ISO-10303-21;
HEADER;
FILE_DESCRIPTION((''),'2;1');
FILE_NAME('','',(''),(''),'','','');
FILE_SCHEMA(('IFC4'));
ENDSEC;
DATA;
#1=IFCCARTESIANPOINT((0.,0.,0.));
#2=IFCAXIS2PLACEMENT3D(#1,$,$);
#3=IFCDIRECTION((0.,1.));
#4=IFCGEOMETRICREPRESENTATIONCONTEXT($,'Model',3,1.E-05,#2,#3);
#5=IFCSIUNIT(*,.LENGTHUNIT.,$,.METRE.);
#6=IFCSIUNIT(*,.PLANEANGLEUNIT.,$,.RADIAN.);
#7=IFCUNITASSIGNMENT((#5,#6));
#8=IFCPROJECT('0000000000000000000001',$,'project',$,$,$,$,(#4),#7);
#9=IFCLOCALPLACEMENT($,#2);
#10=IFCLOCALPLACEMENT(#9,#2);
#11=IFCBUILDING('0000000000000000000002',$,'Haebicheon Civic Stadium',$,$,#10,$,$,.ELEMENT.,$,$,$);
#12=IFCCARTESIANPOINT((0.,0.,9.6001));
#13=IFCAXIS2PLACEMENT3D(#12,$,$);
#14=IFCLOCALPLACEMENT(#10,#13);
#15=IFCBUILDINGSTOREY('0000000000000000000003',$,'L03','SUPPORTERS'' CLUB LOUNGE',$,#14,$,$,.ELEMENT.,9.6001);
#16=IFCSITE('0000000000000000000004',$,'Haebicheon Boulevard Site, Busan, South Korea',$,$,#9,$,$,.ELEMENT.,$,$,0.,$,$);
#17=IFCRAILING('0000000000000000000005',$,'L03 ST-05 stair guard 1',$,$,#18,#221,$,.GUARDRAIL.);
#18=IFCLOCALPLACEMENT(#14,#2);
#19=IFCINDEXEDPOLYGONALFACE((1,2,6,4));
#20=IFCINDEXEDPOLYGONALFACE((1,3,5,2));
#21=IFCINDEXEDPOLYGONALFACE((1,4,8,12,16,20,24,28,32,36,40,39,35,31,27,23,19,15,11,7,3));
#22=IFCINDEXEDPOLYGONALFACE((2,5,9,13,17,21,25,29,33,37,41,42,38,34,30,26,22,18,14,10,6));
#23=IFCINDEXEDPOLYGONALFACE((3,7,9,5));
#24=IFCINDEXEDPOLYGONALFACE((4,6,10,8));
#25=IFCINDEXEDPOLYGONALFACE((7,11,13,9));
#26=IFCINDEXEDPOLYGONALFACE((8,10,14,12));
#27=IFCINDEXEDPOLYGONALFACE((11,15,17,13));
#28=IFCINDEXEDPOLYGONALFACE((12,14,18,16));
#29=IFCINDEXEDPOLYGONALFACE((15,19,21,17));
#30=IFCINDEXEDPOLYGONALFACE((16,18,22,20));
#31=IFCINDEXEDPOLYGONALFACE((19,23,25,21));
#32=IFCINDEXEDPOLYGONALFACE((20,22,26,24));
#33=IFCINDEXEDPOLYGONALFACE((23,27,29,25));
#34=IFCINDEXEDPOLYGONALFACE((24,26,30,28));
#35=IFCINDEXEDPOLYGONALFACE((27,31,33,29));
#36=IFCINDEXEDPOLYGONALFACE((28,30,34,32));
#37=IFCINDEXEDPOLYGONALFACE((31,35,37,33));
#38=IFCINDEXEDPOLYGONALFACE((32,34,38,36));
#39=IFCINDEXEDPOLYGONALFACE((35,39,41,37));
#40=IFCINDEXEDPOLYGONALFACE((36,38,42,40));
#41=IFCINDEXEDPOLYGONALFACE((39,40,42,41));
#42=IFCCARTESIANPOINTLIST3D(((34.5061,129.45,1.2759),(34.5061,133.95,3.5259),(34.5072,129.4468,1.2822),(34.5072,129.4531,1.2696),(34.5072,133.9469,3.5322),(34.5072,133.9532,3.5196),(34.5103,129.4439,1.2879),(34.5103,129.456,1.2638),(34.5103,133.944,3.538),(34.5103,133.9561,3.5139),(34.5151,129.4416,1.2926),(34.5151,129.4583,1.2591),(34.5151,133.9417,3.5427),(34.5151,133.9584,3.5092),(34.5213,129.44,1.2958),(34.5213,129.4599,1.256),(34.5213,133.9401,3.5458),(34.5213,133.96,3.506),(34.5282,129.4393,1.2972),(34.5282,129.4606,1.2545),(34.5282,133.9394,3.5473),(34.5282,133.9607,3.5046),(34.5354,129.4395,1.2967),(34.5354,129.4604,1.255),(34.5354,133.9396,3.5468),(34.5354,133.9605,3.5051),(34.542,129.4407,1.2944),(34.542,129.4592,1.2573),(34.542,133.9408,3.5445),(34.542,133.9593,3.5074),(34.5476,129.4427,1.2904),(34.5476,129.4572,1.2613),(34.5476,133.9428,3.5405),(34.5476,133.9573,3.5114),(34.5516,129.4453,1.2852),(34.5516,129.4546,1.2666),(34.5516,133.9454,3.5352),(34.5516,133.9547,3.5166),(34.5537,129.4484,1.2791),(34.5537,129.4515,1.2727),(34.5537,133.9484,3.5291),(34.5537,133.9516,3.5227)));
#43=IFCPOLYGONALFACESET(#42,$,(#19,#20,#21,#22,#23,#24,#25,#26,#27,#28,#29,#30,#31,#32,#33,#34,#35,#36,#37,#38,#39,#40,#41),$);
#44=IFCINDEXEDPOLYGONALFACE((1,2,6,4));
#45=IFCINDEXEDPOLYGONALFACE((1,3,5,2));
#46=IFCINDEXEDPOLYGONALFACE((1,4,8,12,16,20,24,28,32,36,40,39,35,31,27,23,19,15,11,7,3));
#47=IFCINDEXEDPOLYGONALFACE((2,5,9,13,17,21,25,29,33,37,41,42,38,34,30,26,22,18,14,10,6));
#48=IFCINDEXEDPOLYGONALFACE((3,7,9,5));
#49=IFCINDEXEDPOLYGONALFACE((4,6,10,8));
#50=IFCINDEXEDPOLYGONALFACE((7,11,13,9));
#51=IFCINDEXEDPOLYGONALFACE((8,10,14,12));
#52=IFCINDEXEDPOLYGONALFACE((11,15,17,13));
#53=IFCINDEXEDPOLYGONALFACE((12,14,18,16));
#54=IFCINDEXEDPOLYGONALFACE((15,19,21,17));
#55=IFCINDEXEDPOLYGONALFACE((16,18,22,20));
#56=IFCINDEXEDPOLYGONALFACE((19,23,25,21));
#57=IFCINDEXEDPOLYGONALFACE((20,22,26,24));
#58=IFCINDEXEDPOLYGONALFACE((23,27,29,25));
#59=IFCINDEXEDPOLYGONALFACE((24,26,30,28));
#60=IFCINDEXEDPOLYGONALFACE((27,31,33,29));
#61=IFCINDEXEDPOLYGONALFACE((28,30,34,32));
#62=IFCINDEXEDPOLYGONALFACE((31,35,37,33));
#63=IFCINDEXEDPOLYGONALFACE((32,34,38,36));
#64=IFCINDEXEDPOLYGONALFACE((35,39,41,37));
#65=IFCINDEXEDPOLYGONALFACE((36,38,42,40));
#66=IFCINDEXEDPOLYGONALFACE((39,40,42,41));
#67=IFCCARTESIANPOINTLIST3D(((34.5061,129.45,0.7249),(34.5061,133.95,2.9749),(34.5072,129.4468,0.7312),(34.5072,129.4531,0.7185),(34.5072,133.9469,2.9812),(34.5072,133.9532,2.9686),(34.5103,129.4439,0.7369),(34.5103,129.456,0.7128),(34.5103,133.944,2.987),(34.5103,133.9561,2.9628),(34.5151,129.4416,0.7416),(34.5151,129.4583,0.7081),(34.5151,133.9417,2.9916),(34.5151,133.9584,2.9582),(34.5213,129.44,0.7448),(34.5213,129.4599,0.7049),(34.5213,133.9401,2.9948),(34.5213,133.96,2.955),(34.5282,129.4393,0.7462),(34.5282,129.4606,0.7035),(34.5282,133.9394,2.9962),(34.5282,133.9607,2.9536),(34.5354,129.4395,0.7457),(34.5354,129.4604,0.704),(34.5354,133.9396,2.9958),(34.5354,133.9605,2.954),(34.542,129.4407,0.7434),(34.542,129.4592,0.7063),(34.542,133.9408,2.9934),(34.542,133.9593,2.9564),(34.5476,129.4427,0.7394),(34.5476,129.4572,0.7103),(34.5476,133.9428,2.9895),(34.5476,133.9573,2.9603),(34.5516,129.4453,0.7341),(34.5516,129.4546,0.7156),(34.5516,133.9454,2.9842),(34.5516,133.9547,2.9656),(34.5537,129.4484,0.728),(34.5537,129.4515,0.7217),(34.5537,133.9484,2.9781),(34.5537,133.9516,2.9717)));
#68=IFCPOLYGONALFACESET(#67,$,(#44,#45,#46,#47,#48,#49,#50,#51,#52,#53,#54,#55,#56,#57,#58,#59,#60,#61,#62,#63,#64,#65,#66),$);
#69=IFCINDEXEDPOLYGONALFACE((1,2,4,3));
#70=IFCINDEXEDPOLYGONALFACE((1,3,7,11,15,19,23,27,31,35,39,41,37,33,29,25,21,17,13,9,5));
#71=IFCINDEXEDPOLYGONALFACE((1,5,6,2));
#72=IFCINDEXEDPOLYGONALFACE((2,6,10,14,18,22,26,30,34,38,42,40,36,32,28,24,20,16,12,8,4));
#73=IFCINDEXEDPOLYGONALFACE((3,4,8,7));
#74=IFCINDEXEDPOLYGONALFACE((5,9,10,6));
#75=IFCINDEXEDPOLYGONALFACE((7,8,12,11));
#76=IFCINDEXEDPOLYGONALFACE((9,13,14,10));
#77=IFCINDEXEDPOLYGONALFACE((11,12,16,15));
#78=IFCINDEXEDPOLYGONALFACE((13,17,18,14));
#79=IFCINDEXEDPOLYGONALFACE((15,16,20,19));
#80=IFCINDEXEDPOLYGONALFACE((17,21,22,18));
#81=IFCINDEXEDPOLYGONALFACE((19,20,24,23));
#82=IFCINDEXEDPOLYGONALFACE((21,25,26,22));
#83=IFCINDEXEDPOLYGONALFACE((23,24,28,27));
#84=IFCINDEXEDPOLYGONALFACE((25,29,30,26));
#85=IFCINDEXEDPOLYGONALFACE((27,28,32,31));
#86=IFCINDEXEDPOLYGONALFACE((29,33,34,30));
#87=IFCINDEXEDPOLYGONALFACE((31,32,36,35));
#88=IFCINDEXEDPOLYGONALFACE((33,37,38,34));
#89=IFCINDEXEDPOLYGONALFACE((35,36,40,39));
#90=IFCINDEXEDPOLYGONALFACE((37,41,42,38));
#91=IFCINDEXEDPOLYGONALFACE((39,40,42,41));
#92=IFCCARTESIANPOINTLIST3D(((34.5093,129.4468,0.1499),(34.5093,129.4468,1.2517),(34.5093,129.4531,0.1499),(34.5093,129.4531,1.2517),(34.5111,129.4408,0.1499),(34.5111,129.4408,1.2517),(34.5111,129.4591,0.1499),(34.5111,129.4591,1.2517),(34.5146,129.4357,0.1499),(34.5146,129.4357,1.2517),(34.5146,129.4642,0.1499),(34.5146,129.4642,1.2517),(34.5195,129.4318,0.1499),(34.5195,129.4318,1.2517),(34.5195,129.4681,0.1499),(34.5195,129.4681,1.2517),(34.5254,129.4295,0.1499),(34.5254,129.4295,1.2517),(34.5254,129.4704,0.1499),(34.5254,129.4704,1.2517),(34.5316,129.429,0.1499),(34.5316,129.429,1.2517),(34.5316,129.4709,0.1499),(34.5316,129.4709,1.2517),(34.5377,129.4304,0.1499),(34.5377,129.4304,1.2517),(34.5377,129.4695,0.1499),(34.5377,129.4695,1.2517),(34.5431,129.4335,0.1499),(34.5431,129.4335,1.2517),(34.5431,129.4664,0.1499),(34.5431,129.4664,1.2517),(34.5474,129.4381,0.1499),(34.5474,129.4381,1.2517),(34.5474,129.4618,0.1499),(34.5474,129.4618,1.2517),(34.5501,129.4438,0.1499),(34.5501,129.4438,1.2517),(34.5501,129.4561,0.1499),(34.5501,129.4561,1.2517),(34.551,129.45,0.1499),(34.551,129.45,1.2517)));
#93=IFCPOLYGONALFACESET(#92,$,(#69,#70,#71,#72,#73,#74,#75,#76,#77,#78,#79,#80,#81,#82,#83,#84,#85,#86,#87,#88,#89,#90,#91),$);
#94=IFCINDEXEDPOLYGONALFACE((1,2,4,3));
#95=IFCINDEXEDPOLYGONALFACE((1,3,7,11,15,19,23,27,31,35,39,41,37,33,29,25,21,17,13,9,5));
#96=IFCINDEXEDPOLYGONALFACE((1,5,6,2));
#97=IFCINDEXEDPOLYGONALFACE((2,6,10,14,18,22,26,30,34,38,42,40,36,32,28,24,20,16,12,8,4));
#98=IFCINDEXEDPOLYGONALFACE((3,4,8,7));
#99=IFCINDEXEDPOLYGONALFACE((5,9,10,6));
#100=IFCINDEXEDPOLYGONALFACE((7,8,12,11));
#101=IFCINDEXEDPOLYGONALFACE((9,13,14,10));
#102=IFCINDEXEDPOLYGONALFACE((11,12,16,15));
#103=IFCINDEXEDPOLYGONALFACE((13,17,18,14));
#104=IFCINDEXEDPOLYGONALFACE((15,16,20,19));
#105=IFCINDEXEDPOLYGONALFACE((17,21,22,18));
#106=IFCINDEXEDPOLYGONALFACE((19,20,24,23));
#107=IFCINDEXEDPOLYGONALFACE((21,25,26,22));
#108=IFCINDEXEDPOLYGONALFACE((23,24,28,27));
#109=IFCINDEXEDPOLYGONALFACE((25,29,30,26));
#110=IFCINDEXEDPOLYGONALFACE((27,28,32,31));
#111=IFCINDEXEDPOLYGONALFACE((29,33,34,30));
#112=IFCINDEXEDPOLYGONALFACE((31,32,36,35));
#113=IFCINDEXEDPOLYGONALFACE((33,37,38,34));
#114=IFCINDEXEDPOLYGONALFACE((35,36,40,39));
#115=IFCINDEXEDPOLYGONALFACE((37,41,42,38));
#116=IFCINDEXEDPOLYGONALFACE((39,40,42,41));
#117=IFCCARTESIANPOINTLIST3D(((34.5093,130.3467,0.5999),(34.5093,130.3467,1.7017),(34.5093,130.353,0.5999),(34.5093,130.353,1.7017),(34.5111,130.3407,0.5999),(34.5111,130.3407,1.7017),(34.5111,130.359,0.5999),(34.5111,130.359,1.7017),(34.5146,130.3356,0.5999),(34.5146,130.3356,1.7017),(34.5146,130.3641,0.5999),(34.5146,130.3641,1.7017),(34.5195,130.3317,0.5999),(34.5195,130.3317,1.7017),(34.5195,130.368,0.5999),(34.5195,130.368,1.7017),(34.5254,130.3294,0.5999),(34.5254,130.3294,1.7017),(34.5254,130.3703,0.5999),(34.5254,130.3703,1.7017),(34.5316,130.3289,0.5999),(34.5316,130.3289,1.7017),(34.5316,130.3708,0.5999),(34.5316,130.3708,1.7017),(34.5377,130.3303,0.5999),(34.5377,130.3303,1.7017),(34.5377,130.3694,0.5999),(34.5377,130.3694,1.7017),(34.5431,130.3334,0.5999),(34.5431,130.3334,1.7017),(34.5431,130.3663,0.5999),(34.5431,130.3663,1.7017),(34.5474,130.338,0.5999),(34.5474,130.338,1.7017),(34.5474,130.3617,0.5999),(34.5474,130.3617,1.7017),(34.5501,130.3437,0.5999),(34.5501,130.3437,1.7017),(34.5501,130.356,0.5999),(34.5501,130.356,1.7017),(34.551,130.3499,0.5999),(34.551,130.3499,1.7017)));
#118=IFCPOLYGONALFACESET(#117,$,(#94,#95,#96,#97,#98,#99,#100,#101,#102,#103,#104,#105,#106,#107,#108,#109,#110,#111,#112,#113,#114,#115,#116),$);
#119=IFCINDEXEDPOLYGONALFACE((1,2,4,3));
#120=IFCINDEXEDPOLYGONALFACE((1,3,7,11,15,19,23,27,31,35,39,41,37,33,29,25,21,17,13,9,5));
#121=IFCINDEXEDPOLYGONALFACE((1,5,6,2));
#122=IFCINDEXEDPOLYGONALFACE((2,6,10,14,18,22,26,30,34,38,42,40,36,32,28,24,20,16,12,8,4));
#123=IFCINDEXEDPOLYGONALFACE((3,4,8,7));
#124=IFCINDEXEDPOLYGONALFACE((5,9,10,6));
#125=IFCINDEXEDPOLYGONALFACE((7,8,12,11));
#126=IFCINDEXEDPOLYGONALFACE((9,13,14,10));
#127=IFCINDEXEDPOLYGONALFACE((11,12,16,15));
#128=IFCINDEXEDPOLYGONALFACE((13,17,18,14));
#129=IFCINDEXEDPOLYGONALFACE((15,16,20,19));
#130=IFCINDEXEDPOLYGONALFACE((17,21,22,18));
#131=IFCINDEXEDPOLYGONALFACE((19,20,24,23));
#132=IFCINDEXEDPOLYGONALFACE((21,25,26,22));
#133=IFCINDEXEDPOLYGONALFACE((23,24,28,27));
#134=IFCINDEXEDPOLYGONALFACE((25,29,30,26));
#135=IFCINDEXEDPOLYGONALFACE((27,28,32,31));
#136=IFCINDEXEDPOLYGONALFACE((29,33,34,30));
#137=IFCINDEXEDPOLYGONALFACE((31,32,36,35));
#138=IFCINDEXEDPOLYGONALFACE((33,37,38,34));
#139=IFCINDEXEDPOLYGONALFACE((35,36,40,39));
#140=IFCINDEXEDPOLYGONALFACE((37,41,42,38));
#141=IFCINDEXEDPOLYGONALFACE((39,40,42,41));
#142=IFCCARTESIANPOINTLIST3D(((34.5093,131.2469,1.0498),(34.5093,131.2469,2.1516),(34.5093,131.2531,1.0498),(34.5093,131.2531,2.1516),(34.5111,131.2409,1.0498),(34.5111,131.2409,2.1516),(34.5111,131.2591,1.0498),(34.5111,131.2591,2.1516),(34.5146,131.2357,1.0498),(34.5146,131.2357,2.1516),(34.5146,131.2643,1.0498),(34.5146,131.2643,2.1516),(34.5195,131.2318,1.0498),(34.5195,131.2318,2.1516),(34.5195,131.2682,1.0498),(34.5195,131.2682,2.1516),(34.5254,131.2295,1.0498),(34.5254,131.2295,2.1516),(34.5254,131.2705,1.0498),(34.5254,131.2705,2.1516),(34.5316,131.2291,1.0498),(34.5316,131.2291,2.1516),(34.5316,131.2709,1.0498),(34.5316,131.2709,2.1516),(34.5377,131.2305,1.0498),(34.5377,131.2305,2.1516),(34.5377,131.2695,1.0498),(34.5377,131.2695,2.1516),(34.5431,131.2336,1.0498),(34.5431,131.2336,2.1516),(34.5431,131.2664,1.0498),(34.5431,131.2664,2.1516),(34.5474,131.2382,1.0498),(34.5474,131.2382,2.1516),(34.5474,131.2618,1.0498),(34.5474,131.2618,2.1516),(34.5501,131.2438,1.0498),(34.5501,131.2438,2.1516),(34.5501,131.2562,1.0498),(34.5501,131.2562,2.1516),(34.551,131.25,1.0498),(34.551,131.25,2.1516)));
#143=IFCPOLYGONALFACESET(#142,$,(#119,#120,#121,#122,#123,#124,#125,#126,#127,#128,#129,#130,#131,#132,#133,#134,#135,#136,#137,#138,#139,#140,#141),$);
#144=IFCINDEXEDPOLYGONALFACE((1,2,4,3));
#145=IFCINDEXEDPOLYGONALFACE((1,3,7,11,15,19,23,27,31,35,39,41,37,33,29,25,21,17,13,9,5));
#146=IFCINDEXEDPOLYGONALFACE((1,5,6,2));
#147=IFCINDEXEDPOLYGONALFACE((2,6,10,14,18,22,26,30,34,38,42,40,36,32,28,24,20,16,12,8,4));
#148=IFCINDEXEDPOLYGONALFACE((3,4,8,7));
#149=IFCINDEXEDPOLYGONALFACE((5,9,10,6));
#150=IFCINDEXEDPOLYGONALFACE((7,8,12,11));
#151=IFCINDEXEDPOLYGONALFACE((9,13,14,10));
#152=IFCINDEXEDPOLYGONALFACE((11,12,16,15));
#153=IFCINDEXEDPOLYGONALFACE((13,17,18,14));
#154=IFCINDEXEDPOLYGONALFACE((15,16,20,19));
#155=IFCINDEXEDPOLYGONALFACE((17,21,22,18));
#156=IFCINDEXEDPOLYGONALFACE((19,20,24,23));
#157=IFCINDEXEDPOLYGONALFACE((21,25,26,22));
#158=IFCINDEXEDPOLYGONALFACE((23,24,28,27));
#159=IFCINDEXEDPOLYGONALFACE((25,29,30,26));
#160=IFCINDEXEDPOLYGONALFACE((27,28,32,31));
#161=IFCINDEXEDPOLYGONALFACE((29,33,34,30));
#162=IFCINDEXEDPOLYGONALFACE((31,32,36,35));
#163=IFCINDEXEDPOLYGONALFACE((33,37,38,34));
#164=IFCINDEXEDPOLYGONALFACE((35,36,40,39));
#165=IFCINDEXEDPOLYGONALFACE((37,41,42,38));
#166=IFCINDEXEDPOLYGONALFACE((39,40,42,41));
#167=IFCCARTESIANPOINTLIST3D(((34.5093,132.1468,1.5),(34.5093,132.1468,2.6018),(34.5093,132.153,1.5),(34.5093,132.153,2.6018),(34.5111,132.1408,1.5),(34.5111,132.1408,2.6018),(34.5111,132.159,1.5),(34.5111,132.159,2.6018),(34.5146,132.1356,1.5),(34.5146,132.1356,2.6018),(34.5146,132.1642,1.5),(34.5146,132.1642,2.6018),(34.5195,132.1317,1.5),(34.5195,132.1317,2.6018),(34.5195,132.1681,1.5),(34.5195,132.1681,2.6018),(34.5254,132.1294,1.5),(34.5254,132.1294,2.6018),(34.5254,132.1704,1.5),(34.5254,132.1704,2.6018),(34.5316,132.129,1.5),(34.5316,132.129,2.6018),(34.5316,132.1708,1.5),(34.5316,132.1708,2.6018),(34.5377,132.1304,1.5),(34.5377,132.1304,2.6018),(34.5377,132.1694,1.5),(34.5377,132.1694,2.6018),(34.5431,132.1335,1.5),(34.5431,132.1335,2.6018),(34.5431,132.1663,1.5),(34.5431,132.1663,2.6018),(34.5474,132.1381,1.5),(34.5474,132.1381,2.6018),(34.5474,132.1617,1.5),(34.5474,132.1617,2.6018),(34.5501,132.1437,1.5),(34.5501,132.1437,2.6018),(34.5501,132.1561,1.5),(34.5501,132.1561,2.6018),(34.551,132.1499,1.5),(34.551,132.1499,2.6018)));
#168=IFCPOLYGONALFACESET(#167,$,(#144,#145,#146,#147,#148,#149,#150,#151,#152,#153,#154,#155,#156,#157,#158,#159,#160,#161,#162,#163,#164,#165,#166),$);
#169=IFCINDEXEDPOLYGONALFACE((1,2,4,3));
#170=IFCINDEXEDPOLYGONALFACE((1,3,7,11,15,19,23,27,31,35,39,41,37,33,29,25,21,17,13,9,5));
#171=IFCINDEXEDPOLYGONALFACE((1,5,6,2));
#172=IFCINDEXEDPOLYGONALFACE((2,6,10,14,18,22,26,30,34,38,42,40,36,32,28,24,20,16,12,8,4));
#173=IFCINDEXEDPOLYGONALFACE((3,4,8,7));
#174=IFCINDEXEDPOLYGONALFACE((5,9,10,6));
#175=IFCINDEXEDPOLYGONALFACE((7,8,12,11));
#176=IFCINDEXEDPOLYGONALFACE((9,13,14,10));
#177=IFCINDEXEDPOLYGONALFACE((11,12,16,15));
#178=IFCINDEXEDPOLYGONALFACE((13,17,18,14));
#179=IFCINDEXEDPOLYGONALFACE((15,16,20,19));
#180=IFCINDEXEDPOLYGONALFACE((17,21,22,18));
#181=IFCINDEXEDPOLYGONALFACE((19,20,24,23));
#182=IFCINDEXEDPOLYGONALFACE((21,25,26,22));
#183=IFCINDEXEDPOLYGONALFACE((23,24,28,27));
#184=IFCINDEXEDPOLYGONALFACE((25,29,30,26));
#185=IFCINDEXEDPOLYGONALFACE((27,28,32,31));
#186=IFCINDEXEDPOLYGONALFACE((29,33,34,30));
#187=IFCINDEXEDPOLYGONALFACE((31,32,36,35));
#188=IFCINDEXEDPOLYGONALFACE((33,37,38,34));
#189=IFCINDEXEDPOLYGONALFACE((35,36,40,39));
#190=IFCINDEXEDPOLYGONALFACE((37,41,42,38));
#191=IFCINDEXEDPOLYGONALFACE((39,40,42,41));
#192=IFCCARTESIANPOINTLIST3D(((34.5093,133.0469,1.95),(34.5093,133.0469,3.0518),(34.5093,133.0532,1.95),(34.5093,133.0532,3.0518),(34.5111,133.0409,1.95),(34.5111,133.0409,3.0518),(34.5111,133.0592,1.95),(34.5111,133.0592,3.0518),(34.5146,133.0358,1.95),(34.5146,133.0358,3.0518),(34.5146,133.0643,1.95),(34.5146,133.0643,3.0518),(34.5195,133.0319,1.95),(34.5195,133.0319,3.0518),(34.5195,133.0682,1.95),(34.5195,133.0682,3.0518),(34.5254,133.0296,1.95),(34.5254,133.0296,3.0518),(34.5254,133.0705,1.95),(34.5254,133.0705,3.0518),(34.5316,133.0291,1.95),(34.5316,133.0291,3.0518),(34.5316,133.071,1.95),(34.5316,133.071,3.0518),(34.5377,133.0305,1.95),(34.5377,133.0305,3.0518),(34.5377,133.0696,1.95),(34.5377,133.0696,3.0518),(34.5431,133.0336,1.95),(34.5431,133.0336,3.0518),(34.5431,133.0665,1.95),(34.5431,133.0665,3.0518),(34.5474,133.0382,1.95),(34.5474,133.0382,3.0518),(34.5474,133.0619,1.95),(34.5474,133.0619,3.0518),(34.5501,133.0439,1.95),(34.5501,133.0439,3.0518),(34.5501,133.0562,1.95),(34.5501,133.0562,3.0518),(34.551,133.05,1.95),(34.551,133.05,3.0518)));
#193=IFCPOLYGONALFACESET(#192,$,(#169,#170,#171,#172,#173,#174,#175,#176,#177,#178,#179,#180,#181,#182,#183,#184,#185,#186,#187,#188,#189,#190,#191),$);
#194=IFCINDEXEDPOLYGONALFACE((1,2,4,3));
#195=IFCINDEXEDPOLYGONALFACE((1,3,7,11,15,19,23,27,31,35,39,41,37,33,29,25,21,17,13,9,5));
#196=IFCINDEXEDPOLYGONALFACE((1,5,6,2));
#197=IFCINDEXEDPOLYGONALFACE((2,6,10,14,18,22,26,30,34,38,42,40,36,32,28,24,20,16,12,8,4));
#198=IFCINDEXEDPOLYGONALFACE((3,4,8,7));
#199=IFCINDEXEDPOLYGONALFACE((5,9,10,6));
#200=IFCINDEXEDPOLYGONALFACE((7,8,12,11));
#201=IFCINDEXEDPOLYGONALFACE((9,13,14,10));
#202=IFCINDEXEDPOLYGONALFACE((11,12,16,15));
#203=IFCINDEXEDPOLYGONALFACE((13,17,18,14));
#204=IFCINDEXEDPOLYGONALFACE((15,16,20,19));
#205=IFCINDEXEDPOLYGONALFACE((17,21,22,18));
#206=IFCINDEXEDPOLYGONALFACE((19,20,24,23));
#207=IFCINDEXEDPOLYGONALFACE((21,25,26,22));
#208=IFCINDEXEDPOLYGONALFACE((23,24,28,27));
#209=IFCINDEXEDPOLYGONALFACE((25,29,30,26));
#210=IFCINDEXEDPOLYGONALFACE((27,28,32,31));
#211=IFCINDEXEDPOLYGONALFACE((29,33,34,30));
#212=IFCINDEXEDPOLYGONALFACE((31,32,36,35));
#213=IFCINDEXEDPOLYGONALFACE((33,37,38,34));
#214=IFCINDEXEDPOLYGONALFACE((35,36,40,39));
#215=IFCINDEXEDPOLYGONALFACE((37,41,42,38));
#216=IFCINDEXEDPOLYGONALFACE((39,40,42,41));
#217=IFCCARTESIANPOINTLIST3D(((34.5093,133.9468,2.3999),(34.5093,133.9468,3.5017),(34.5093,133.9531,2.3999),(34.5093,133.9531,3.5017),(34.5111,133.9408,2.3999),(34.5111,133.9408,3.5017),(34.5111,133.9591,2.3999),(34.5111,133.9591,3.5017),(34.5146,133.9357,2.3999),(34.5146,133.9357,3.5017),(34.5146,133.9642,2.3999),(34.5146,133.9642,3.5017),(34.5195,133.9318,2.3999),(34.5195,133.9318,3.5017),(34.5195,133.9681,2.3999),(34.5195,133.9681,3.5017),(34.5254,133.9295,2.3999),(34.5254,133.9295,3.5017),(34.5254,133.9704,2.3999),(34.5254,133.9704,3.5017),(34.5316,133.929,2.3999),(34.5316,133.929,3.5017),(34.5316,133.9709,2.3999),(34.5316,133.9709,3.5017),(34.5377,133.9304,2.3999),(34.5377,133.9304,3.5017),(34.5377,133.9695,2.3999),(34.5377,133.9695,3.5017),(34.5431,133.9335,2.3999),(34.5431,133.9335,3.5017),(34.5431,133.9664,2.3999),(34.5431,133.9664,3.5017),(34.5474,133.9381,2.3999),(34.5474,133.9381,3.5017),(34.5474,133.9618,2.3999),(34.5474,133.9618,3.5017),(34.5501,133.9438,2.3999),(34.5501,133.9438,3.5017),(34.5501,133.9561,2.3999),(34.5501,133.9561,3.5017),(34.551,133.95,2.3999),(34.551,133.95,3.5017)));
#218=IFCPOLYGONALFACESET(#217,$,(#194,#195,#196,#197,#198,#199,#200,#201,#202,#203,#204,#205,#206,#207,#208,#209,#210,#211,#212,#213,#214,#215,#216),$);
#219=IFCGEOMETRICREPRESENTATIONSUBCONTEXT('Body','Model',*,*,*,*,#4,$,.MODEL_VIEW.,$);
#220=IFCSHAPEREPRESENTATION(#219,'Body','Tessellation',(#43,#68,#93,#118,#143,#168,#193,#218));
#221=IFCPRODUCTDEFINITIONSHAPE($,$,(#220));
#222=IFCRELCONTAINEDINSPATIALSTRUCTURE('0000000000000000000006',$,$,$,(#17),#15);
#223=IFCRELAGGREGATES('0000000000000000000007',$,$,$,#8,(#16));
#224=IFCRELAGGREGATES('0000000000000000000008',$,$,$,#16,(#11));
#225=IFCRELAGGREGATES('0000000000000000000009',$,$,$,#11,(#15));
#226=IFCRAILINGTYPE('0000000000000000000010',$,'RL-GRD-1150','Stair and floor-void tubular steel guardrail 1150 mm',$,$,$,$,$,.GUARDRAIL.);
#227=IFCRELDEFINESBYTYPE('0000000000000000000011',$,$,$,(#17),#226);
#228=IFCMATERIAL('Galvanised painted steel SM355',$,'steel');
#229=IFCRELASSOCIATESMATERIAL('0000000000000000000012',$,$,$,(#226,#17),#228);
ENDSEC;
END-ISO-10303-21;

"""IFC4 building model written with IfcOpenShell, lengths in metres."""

from ifc_helpers import new_model, si_unit, direction, frame, origin, origin_2d, place, context, subcontext, project, spatial, circle, extrude, material, type_object, element, save


model = new_model("IFC4")

# Units and contexts
model_context = context("Model", 3, precision=1e-05, world=origin(), true_north=direction((0.0, 1.0)))
body_context = subcontext(model_context, "Body", "Model", "MODEL_VIEW")
ifc_project = project(units=[si_unit("LENGTHUNIT", "METRE"), si_unit("PLANEANGLEUNIT", "RADIAN")], contexts=[model_context])

# Site, building, storey
site_placement = place(None, origin())
site = spatial("IfcSite", under=ifc_project, at=site_placement, Name="Haebicheon Boulevard Site, Busan, South Korea", CompositionType="ELEMENT", RefElevation=0.0)
building_placement = place(site_placement, origin())
building = spatial("IfcBuilding", under=site, at=building_placement, Name="Haebicheon Civic Stadium", CompositionType="ELEMENT")
storey_placement = place(building_placement, frame((0.0, 0.0, 9.6001)))
storey = spatial("IfcBuildingStorey", under=building, at=storey_placement, Name="L03", Description="SUPPORTERS' CLUB LOUNGE", CompositionType="ELEMENT", Elevation=9.6001)

# Railing
ifc_material_1 = material(Name="Galvanised painted steel SM355", Category="steel")
railing_type_1 = type_object("IfcRailingType", Name="RL-GRD-1150", Description="Stair and floor-void tubular steel guardrail 1150 mm", PredefinedType="GUARDRAIL", material=ifc_material_1)
railing_1_placement = place(storey_placement, frame((34.53, 129.45, 0.1499)))
element("IfcRailing", 1, at=railing_1_placement, inside=storey, type_object=railing_type_1, material=ifc_material_1, Name="L03 ST-05 stair guard 1", PredefinedType="GUARDRAIL", context=body_context, shape_type="SweptSolid", body=[
    extrude(circle(Radius=0.0239, at=origin_2d()), frame((0.0, 0.0, 1.126), z_axis=(0.0, 0.894427, 0.447214), x_axis=(-1.0, 0.0, 0.0)), (0.0, 0.0, 1.0), 5.0312),
    extrude(circle(Radius=0.0239, at=origin_2d()), frame((0.0, 0.0, 0.575), z_axis=(0.0, 0.894427, 0.447214), x_axis=(-1.0, 0.0, 0.0)), (0.0, 0.0, 1.0), 5.0312),
    extrude(circle(Radius=0.021, at=origin_2d()), origin(), (0.0, 0.0, 1.0), 1.1018),
    extrude(circle(Radius=0.021, at=origin_2d()), frame((0.0, 0.8999, 0.45)), (0.0, 0.0, 1.0), 1.1018),
    extrude(circle(Radius=0.021, at=origin_2d()), frame((0.0, 1.8, 0.8999)), (0.0, 0.0, 1.0), 1.1018),
    extrude(circle(Radius=0.021, at=origin_2d()), frame((0.0, 2.7, 1.3501)), (0.0, 0.0, 1.0), 1.1018),
    extrude(circle(Radius=0.021, at=origin_2d()), frame((0.0, 3.6001, 1.8)), (0.0, 0.0, 1.0), 1.1018),
    extrude(circle(Radius=0.021, at=origin_2d()), frame((0.0, 4.5, 2.25)), (0.0, 0.0, 1.0), 1.1018),
])

save(model, "model.ifc")
